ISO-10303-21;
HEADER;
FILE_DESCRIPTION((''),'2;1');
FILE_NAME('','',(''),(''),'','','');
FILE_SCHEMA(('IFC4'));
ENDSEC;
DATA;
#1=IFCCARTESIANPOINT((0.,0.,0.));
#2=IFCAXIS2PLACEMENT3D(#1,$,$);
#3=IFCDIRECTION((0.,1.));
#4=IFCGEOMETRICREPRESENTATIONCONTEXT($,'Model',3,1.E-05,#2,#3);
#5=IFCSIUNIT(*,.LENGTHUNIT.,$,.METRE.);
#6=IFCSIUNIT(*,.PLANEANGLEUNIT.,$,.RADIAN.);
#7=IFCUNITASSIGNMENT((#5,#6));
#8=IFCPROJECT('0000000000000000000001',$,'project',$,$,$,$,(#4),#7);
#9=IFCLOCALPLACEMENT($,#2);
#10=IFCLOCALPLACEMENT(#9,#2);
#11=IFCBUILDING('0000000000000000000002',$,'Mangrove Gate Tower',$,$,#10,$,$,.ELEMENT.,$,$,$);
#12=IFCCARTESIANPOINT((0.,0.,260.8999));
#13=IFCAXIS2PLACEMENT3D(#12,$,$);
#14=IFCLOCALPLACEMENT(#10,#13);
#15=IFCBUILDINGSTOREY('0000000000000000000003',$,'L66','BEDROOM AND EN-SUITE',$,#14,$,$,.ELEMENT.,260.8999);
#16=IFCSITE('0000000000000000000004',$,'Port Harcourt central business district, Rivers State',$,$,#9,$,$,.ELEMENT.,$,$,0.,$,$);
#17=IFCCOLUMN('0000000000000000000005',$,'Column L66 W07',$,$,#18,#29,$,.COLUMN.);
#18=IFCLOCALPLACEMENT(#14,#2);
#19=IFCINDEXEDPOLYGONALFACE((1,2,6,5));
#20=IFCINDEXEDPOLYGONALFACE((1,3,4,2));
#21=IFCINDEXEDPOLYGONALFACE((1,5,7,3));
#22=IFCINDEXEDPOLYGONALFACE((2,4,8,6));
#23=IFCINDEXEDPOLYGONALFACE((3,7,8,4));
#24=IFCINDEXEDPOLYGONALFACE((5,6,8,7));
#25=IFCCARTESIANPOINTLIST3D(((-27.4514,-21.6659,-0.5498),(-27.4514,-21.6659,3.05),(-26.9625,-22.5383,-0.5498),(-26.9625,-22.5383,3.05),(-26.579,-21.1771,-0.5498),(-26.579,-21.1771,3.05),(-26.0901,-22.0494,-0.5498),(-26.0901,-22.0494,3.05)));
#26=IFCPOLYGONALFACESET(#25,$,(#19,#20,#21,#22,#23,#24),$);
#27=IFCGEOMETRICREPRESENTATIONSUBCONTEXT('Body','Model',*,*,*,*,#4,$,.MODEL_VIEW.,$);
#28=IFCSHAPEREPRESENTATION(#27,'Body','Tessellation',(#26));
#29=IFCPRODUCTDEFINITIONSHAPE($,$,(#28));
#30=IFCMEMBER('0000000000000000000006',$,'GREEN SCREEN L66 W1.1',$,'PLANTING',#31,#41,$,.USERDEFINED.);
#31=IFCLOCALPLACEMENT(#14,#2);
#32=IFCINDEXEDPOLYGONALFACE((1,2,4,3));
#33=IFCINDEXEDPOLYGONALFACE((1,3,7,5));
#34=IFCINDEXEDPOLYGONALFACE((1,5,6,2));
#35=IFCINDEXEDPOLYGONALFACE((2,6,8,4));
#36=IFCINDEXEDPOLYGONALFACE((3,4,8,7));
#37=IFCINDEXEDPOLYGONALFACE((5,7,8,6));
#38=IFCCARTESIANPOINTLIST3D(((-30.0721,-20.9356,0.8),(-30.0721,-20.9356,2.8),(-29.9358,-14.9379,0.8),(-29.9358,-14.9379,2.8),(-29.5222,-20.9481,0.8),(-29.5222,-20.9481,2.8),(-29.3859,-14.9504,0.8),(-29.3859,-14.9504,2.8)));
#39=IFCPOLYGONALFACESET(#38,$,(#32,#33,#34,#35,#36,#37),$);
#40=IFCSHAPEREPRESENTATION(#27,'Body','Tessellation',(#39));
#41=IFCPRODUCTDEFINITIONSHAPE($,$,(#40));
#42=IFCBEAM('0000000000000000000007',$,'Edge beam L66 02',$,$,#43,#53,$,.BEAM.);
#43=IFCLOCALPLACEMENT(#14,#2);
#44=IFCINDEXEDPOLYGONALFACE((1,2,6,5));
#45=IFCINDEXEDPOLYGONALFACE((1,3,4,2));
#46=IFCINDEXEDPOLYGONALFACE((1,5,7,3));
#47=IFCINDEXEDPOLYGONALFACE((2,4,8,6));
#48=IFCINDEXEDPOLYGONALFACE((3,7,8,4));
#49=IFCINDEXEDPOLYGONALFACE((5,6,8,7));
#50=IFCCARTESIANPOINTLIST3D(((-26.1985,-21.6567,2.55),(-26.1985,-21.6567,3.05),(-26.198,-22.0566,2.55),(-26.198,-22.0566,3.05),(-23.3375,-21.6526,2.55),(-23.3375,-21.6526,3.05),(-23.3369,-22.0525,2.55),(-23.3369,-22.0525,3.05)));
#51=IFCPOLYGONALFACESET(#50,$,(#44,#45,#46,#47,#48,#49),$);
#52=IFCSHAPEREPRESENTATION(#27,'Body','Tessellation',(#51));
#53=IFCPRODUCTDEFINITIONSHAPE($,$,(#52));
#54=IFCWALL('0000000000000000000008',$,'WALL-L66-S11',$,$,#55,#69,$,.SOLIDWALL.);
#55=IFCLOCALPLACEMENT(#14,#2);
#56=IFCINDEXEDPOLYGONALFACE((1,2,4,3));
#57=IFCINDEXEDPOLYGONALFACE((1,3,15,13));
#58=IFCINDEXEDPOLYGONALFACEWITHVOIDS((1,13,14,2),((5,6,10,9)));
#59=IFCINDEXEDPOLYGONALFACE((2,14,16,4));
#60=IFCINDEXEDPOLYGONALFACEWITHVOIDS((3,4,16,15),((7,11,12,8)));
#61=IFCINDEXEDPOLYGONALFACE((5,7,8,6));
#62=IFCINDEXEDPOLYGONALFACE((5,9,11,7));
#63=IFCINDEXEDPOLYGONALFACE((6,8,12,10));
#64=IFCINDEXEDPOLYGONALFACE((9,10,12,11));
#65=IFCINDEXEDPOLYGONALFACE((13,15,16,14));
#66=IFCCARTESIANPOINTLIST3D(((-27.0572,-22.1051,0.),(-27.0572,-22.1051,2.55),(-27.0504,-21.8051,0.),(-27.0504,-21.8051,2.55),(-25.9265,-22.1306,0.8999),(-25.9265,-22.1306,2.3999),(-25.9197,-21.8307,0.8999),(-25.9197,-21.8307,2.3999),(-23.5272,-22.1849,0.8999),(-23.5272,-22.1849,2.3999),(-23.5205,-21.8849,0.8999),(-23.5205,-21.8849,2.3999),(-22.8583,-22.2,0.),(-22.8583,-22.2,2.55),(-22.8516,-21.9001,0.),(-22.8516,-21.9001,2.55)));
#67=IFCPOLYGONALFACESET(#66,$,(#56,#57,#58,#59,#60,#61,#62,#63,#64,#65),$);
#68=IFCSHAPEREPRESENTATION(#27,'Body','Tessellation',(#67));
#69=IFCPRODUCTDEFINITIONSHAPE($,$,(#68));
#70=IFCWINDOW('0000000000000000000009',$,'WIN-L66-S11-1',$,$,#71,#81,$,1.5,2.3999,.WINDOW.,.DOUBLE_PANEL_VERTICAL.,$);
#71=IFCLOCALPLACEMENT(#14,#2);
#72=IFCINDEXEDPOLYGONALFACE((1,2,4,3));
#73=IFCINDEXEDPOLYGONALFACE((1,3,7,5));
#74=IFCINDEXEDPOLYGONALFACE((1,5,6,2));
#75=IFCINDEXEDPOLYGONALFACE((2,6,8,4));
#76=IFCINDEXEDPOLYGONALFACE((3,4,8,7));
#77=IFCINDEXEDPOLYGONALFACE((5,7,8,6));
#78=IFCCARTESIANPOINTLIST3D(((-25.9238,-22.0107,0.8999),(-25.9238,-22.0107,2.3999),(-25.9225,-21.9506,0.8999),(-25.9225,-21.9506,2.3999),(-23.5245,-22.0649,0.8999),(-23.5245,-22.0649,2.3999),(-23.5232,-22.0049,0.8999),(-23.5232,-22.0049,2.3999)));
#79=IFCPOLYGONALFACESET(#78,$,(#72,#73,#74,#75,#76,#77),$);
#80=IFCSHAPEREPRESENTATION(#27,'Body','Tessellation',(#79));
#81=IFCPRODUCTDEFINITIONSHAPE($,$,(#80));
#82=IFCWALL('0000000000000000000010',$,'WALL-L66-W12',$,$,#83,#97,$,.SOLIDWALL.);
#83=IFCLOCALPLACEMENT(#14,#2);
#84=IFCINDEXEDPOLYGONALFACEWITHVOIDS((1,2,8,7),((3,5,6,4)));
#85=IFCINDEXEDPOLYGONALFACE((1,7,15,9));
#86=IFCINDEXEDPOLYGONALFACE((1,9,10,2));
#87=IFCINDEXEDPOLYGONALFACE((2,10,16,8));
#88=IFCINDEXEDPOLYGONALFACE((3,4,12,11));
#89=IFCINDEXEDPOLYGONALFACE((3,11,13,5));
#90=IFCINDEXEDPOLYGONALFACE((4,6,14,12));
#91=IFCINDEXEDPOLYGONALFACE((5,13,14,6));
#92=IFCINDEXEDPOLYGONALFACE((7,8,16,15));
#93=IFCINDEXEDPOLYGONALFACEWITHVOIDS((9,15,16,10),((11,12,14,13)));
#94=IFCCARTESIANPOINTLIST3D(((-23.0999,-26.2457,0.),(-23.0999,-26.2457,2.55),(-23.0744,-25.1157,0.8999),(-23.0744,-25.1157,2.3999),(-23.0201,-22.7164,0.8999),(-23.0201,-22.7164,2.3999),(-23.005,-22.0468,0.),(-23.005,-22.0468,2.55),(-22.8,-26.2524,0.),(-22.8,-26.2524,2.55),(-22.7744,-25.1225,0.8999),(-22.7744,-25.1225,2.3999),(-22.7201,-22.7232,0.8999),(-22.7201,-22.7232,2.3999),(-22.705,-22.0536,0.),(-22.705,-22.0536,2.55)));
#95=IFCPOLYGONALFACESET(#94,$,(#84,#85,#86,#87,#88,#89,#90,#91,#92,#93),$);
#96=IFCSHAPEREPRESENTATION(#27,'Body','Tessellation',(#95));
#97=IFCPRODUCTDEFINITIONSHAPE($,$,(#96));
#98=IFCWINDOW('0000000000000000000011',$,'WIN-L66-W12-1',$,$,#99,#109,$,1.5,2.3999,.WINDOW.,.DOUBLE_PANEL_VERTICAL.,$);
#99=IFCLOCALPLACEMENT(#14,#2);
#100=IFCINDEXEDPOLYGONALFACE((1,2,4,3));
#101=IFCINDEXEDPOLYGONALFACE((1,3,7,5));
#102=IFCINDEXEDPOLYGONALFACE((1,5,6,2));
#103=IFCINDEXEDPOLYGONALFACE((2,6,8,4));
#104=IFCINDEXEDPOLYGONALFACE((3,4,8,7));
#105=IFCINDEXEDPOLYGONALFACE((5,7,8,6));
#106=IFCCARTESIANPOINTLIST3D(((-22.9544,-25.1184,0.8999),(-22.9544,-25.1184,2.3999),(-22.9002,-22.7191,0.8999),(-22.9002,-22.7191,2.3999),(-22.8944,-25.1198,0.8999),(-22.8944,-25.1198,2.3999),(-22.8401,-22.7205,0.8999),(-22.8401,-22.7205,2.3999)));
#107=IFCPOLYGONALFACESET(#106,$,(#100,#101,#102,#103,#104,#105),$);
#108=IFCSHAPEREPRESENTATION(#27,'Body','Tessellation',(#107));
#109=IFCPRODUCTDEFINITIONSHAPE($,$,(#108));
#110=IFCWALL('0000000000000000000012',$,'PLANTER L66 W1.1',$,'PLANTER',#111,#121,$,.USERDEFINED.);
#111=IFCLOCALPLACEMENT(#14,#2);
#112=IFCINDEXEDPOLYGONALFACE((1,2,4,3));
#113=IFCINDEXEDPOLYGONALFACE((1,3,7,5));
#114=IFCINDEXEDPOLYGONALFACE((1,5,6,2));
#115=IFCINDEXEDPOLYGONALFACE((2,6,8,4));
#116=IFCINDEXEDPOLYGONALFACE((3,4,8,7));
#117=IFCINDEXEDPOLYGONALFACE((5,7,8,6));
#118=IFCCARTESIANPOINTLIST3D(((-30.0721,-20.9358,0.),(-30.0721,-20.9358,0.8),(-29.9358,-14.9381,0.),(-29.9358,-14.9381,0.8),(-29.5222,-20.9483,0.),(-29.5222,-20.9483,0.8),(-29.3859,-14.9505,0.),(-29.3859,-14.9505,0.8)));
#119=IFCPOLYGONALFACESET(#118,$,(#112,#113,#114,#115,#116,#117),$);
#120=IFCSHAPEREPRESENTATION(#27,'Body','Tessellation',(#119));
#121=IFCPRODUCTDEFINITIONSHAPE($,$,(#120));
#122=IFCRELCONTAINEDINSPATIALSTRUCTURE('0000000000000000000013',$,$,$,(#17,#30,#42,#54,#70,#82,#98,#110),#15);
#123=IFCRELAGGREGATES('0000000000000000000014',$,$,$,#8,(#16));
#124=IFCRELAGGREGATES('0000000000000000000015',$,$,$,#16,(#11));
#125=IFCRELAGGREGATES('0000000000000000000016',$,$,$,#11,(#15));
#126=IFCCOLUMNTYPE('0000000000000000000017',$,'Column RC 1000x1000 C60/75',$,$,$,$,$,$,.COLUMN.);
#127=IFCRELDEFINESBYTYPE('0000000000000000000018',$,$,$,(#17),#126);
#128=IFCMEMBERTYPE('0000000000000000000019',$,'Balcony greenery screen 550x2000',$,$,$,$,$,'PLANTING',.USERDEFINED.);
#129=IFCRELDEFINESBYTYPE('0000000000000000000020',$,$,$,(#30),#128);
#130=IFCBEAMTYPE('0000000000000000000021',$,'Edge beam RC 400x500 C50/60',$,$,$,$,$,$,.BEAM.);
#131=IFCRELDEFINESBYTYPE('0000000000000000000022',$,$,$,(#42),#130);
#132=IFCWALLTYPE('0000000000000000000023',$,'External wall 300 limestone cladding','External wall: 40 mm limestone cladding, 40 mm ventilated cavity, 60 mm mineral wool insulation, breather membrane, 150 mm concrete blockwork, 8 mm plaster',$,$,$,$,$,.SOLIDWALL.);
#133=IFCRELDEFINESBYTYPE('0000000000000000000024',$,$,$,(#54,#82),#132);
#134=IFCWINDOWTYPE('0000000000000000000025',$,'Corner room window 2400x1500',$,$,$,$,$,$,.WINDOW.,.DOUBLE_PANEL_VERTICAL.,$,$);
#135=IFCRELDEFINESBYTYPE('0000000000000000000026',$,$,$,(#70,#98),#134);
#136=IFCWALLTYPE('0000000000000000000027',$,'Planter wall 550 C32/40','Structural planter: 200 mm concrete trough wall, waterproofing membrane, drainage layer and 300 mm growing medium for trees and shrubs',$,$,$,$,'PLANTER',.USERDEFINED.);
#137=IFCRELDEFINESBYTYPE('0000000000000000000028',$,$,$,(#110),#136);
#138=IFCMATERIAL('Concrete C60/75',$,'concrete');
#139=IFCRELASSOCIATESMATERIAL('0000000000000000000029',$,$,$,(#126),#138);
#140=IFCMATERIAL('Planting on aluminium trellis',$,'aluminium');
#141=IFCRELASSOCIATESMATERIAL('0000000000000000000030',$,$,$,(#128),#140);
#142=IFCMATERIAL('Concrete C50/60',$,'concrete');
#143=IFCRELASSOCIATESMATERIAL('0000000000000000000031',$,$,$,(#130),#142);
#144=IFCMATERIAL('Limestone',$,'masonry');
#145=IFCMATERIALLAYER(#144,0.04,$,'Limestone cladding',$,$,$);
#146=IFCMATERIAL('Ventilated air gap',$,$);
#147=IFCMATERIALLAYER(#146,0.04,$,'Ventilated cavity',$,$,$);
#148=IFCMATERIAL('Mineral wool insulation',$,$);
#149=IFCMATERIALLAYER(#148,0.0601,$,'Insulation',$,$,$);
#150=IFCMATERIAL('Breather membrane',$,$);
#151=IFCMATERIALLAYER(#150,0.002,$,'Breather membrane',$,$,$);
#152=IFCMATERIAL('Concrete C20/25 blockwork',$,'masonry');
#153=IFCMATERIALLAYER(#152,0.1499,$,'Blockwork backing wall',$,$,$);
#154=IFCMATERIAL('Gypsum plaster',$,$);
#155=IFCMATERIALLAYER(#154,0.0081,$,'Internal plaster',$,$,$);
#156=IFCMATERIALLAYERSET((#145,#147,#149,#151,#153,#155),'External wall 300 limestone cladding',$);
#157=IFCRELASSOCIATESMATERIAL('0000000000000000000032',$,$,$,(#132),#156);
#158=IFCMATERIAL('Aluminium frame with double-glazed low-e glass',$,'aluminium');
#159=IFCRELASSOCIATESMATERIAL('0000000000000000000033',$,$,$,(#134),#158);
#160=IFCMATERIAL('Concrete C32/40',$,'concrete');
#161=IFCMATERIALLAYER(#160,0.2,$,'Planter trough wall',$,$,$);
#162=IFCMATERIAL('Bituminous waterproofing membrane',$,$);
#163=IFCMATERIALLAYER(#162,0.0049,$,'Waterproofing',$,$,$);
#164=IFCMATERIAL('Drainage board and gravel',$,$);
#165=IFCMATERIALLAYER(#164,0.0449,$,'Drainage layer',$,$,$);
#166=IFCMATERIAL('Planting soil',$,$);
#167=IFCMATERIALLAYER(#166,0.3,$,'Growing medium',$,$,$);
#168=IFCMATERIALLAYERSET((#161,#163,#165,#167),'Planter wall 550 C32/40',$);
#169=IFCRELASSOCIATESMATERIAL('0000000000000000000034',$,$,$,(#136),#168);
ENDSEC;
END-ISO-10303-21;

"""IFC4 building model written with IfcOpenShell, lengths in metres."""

from ifc_helpers import new_model, si_unit, direction, frame, frame_2d, origin, origin_2d, place, context, subcontext, project, spatial, rectangle, extrude, material, layer, layer_set, material_profile, profile_set, type_object, element, fill, save


model = new_model("IFC4")

# Units and contexts
model_context = context("Model", 3, precision=1e-05, world=origin(), true_north=direction((0.0, 1.0)))
body_context = subcontext(model_context, "Body", "Model", "MODEL_VIEW")
ifc_project = project(units=[si_unit("LENGTHUNIT", "METRE"), si_unit("PLANEANGLEUNIT", "RADIAN")], contexts=[model_context])

# Site, building, storey
site_placement = place(None, origin())
site = spatial("IfcSite", under=ifc_project, at=site_placement, Name="Port Harcourt central business district, Rivers State", CompositionType="ELEMENT", RefElevation=0.0)
building_placement = place(site_placement, origin())
building = spatial("IfcBuilding", under=site, at=building_placement, Name="Mangrove Gate Tower", CompositionType="ELEMENT")
storey_placement = place(building_placement, frame((0.0, 0.0, 260.8999)))
storey = spatial("IfcBuildingStorey", under=building, at=storey_placement, Name="L66", Description="BEDROOM AND EN-SUITE", CompositionType="ELEMENT", Elevation=260.8999)

# Column
ifc_material_1 = material(Name="Concrete C60/75", Category="concrete")
ifc_material_profile_1 = material_profile(ifc_material_1, rectangle(XDim=1.0, YDim=1.0, at=origin_2d()))
ifc_profile_set_1 = profile_set([ifc_material_profile_1], Name="Concrete C60/75")
column_type = type_object("IfcColumnType", Name="Column RC 1000x1000 C60/75", PredefinedType="COLUMN", material=ifc_profile_set_1)
column_placement = place(storey_placement, frame((-26.7708, -21.8577, -0.5498), z_axis=(0.0, 0.0, 1.0), x_axis=(0.488847, -0.87237, 0.0)))
element("IfcColumn", 1, at=column_placement, inside=storey, type_object=column_type, Name="Column L66 W07", PredefinedType="COLUMN", context=body_context, shape_type="SweptSolid", body=[
    extrude(rectangle(XDim=1.0, YDim=1.0, at=origin_2d()), origin(), (0.0, 0.0, 1.0), 3.5999),
])

# Member
ifc_material_2 = material(Name="Planting on aluminium trellis", Category="aluminium")
ifc_material_profile_2 = material_profile(ifc_material_2, rectangle(XDim=0.55, YDim=2.0, at=origin_2d()))
ifc_profile_set_2 = profile_set([ifc_material_profile_2], Name="Planting on aluminium trellis")
member_type = type_object("IfcMemberType", Name="Balcony greenery screen 550x2000", ElementType="PLANTING", PredefinedType="USERDEFINED", material=ifc_profile_set_2)
member_placement = place(storey_placement, frame((-29.7971, -20.9419, 1.8), z_axis=(0.022708, 0.999742, 0.0), x_axis=(-0.999742, 0.022708, 0.0)))
element("IfcMember", 2, at=member_placement, inside=storey, type_object=member_type, Name="GREEN SCREEN L66 W1.1", ObjectType="PLANTING", PredefinedType="USERDEFINED", context=body_context, shape_type="SweptSolid", body=[
    extrude(rectangle(XDim=0.55, YDim=2.0, at=origin_2d()), origin(), (0.0, 0.0, 1.0), 5.9993),
])

# Beam
ifc_material_3 = material(Name="Concrete C50/60", Category="concrete")
ifc_material_profile_3 = material_profile(ifc_material_3, rectangle(XDim=0.3999, YDim=0.5, at=origin_2d()))
ifc_profile_set_3 = profile_set([ifc_material_profile_3], Name="Concrete C50/60")
beam_type = type_object("IfcBeamType", Name="Edge beam RC 400x500 C50/60", PredefinedType="BEAM", material=ifc_profile_set_3)
beam_placement = place(storey_placement, frame((-26.1982, -21.8567, 2.8), z_axis=(0.999999, 0.001451, 0.0), x_axis=(-0.001451, 0.999999, 0.0)))
element("IfcBeam", 3, at=beam_placement, inside=storey, type_object=beam_type, Name="Edge beam L66 02", PredefinedType="BEAM", context=body_context, shape_type="SweptSolid", body=[
    extrude(rectangle(XDim=0.3999, YDim=0.5, at=origin_2d()), origin(), (0.0, 0.0, 1.0), 2.8611),
])

# Walls, openings, windows
ifc_material_4 = material(Name="Limestone", Category="masonry")
ifc_layer_1 = layer(ifc_material_4, 0.04, Name="Limestone cladding")
ifc_material_5 = material(Name="Ventilated air gap")
ifc_layer_2 = layer(ifc_material_5, 0.04, Name="Ventilated cavity")
ifc_material_6 = material(Name="Mineral wool insulation")
ifc_layer_3 = layer(ifc_material_6, 0.0601, Name="Insulation")
ifc_material_7 = material(Name="Breather membrane")
ifc_layer_4 = layer(ifc_material_7, 0.002, Name="Breather membrane")
ifc_material_8 = material(Name="Concrete C20/25 blockwork", Category="masonry")
ifc_layer_5 = layer(ifc_material_8, 0.1499, Name="Blockwork backing wall")
ifc_material_9 = material(Name="Gypsum plaster")
ifc_layer_6 = layer(ifc_material_9, 0.0081, Name="Internal plaster")
ifc_layer_set_1 = layer_set([ifc_layer_1, ifc_layer_2, ifc_layer_3, ifc_layer_4, ifc_layer_5, ifc_layer_6], Name="External wall 300 limestone cladding")
wall_type_1 = type_object("IfcWallType", Name="External wall 300 limestone cladding", Description="External wall: 40 mm limestone cladding, 40 mm ventilated cavity, 60 mm mineral wool insulation, breather membrane, 150 mm concrete blockwork, 8 mm plaster", PredefinedType="SOLIDWALL", material=ifc_layer_set_1)
wall_1_placement = place(storey_placement, frame((-27.054, -21.9551, 0.0), z_axis=(0.0, 0.0, 1.0), x_axis=(0.999744, -0.022612, 0.0)))
wall_1 = element("IfcWall", 4, at=wall_1_placement, inside=storey, type_object=wall_type_1, Name="WALL-L66-S11", PredefinedType="SOLIDWALL", context=body_context, shape_type="SweptSolid", body=[
    extrude(rectangle(XDim=4.2, YDim=0.3, at=frame_2d((2.1001, 0.0))), origin(), (0.0, 0.0, 1.0), 2.55),
])
opening_1_placement = place(wall_1_placement, frame((1.1311, 0.0, 0.8999)))
opening_1 = element("IfcOpeningElement", 5, at=opening_1_placement, cuts=wall_1, PredefinedType="OPENING", context=body_context, shape_type="SweptSolid", body=[
    extrude(rectangle(XDim=2.3999, YDim=1.5, at=frame_2d((1.2, 0.75))), frame((0.0, 0.1599, 0.0), z_axis=(0.0, -1.0, 0.0), x_axis=(1.0, 0.0, 0.0)), (0.0, 0.0, 1.0), 0.3201),
])
ifc_material_10 = material(Name="Aluminium frame with double-glazed low-e glass", Category="aluminium")
window_type = type_object("IfcWindowType", Name="Corner room window 2400x1500", PartitioningType="DOUBLE_PANEL_VERTICAL", PredefinedType="WINDOW", material=ifc_material_10)
window_1_placement = place(opening_1_placement, origin())
window_1 = element("IfcWindow", 6, at=window_1_placement, inside=storey, type_object=window_type, Name="WIN-L66-S11-1", OverallHeight=1.5, OverallWidth=2.3999, PartitioningType="DOUBLE_PANEL_VERTICAL", PredefinedType="WINDOW", context=body_context, shape_type="SweptSolid", body=[
    extrude(rectangle(XDim=2.3999, YDim=1.5, at=frame_2d((1.2, 0.75))), frame((0.0, 0.03, 0.0), z_axis=(0.0, -1.0, 0.0), x_axis=(1.0, 0.0, 0.0)), (0.0, 0.0, 1.0), 0.0601),
])
fill(opening_1, window_1)
wall_2_placement = place(storey_placement, frame((-22.855, -22.05, 0.0), z_axis=(0.0, 0.0, 1.0), x_axis=(-0.022612, -0.999744, 0.0)))
wall_2 = element("IfcWall", 7, at=wall_2_placement, inside=storey, type_object=wall_type_1, Name="WALL-L66-W12", PredefinedType="SOLIDWALL", context=body_context, shape_type="SweptSolid", body=[
    extrude(rectangle(XDim=4.2, YDim=0.3, at=frame_2d((2.1001, 0.0))), origin(), (0.0, 0.0, 1.0), 2.55),
])
opening_2_placement = place(wall_2_placement, frame((0.6699, 0.0, 0.8999)))
opening_2 = element("IfcOpeningElement", 8, at=opening_2_placement, cuts=wall_2, PredefinedType="OPENING", context=body_context, shape_type="SweptSolid", body=[
    extrude(rectangle(XDim=2.3999, YDim=1.5, at=frame_2d((1.2, 0.75))), frame((0.0, 0.1599, 0.0), z_axis=(0.0, -1.0, 0.0), x_axis=(1.0, 0.0, 0.0)), (0.0, 0.0, 1.0), 0.3201),
])
window_2_placement = place(opening_2_placement, origin())
window_2 = element("IfcWindow", 9, at=window_2_placement, inside=storey, type_object=window_type, Name="WIN-L66-W12-1", OverallHeight=1.5, OverallWidth=2.3999, PartitioningType="DOUBLE_PANEL_VERTICAL", PredefinedType="WINDOW", context=body_context, shape_type="SweptSolid", body=[
    extrude(rectangle(XDim=2.3999, YDim=1.5, at=frame_2d((1.2, 0.75))), frame((0.0, 0.03, 0.0), z_axis=(0.0, -1.0, 0.0), x_axis=(1.0, 0.0, 0.0)), (0.0, 0.0, 1.0), 0.0601),
])
fill(opening_2, window_2)

# Wall
ifc_material_11 = material(Name="Concrete C32/40", Category="concrete")
ifc_layer_7 = layer(ifc_material_11, 0.2, Name="Planter trough wall")
ifc_material_12 = material(Name="Bituminous waterproofing membrane")
ifc_layer_8 = layer(ifc_material_12, 0.0049, Name="Waterproofing")
ifc_material_13 = material(Name="Drainage board and gravel")
ifc_layer_9 = layer(ifc_material_13, 0.0449, Name="Drainage layer")
ifc_material_14 = material(Name="Planting soil")
ifc_layer_10 = layer(ifc_material_14, 0.3, Name="Growing medium")
ifc_layer_set_2 = layer_set([ifc_layer_7, ifc_layer_8, ifc_layer_9, ifc_layer_10], Name="Planter wall 550 C32/40")
wall_type_2 = type_object("IfcWallType", Name="Planter wall 550 C32/40", Description="Structural planter: 200 mm concrete trough wall, waterproofing membrane, drainage layer and 300 mm growing medium for trees and shrubs", ElementType="PLANTER", PredefinedType="USERDEFINED", material=ifc_layer_set_2)
wall_3_placement = place(storey_placement, frame((-29.7971, -20.9419, 0.0), z_axis=(0.0, 0.0, 1.0), x_axis=(0.022708, 0.999742, 0.0)))
element("IfcWall", 10, at=wall_3_placement, inside=storey, type_object=wall_type_2, Name="PLANTER L66 W1.1", ObjectType="PLANTER", PredefinedType="USERDEFINED", context=body_context, shape_type="SweptSolid", body=[
    extrude(rectangle(XDim=5.9993, YDim=0.55, at=frame_2d((2.9995, 0.0))), origin(), (0.0, 0.0, 1.0), 0.8),
])

save(model, "model.ifc")
